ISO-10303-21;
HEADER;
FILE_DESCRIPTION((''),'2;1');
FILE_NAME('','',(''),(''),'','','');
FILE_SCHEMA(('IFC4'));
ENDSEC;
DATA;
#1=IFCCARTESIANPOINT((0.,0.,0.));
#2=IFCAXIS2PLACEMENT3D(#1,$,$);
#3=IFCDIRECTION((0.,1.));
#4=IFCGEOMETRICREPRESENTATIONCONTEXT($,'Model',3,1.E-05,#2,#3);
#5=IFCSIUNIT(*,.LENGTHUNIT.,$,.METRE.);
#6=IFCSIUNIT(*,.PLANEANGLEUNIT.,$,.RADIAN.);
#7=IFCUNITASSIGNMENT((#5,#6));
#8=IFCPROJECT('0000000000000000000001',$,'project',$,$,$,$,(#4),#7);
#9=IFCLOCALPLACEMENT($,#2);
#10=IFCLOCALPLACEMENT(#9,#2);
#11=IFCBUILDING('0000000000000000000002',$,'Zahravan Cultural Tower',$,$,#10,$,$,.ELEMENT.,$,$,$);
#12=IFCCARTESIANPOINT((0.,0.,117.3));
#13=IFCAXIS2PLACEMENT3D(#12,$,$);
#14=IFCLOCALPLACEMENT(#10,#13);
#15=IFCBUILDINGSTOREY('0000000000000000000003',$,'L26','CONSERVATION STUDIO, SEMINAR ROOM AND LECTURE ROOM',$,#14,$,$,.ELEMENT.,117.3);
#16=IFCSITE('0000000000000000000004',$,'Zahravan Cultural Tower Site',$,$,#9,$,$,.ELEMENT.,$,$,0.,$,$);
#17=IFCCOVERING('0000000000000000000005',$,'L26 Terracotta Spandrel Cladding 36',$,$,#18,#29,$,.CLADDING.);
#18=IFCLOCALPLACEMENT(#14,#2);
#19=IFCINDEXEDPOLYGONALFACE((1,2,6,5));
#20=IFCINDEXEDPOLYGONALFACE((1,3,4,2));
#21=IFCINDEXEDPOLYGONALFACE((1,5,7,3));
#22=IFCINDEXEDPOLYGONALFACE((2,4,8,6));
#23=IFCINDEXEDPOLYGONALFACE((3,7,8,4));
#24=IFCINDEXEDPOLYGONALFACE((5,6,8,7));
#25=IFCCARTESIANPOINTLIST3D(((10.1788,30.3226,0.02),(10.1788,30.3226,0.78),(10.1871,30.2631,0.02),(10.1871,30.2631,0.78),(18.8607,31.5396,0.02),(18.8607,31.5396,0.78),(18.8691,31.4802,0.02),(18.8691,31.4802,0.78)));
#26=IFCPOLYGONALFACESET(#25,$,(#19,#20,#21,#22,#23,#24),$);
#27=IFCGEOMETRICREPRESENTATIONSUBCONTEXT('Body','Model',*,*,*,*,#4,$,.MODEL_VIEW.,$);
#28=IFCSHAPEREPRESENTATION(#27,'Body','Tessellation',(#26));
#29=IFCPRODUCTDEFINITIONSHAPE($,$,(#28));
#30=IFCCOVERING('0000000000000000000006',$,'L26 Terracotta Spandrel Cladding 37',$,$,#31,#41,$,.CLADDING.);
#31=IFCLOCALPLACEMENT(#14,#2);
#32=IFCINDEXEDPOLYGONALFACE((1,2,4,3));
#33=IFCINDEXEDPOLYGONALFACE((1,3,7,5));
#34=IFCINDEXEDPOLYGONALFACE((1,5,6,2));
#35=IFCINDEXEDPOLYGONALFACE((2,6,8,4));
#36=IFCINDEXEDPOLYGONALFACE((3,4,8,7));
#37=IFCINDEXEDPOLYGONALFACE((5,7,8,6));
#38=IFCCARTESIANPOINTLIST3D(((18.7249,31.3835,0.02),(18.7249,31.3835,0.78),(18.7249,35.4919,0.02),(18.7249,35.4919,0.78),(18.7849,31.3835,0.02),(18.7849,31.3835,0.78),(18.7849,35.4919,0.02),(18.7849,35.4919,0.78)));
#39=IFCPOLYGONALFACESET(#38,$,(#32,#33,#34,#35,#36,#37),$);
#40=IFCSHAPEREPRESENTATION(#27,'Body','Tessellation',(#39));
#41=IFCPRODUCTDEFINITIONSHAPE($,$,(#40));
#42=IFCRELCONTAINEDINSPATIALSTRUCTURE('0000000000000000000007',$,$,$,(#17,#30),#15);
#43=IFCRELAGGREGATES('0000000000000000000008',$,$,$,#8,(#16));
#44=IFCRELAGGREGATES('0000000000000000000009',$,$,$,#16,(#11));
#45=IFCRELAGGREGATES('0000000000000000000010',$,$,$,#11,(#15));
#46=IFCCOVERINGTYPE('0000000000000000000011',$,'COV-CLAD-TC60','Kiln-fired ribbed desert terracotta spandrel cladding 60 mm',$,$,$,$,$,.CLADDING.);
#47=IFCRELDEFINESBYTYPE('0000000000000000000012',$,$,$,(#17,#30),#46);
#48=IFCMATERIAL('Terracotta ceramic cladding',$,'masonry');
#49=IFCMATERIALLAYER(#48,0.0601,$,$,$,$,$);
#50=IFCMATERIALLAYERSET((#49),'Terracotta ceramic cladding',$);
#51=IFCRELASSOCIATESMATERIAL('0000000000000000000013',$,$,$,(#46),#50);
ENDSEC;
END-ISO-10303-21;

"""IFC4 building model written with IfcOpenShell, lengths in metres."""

from ifc_helpers import new_model, si_unit, direction, frame, origin, origin_2d, place, context, subcontext, project, spatial, rectangle, extrude, source, transform, mapped, material, layer, layer_set, type_object, element, save


model = new_model("IFC4")

# Units and contexts
model_context = context("Model", 3, precision=1e-05, world=origin(), true_north=direction((0.0, 1.0)))
body_context = subcontext(model_context, "Body", "Model", "MODEL_VIEW")
ifc_project = project(units=[si_unit("LENGTHUNIT", "METRE"), si_unit("PLANEANGLEUNIT", "RADIAN")], contexts=[model_context])

# Site, building, storey
site_placement = place(None, origin())
site = spatial("IfcSite", under=ifc_project, at=site_placement, Name="Zahravan Cultural Tower Site", CompositionType="ELEMENT", RefElevation=0.0)
building_placement = place(site_placement, origin())
building = spatial("IfcBuilding", under=site, at=building_placement, Name="Zahravan Cultural Tower", CompositionType="ELEMENT")
storey_placement = place(building_placement, frame((0.0, 0.0, 117.3)))
storey = spatial("IfcBuildingStorey", under=building, at=storey_placement, Name="L26", Description="CONSERVATION STUDIO, SEMINAR ROOM AND LECTURE ROOM", CompositionType="ELEMENT", Elevation=117.3)

# Coverings
ifc_material_1 = material(Name="Terracotta ceramic cladding", Category="masonry")
ifc_layer_1 = layer(ifc_material_1, 0.0601)
ifc_layer_set_1 = layer_set([ifc_layer_1], Name="Terracotta ceramic cladding")
covering_type = type_object("IfcCoveringType", Name="COV-CLAD-TC60", Description="Kiln-fired ribbed desert terracotta spandrel cladding 60 mm", PredefinedType="CLADDING", material=ifc_layer_set_1)
shared_shape_1 = source(origin(), body_context, "Body", "SweptSolid", [
    extrude(rectangle(XDim=8.7668, YDim=0.0601, at=origin_2d()), origin(), (0.0, 0.0, 1.0), 0.76),
])
covering_1_placement = place(storey_placement, frame((14.5239, 30.9014, 0.02), z_axis=(0.0, 0.0, 1.0), x_axis=(0.990317, 0.138827, 0.0)))
element("IfcCovering", 1, at=covering_1_placement, inside=storey, type_object=covering_type, Name="L26 Terracotta Spandrel Cladding 36", PredefinedType="CLADDING", context=body_context, shape_type="MappedRepresentation", body=[
    mapped(shared_shape_1, transform((0.0, 0.0, 0.0), x_axis=(1.0, 0.0, 0.0), y_axis=(0.0, 1.0, 0.0), z_axis=(0.0, 0.0, 1.0), scale=1.0)),
])
shared_shape_2 = source(origin(), body_context, "Body", "SweptSolid", [
    extrude(rectangle(XDim=4.1084, YDim=0.0601, at=origin_2d()), origin(), (0.0, 0.0, 1.0), 0.76),
])
covering_2_placement = place(storey_placement, frame((18.7549, 33.4377, 0.02), z_axis=(0.0, 0.0, 1.0), x_axis=(0.0, 1.0, 0.0)))
element("IfcCovering", 2, at=covering_2_placement, inside=storey, type_object=covering_type, Name="L26 Terracotta Spandrel Cladding 37", PredefinedType="CLADDING", context=body_context, shape_type="MappedRepresentation", body=[
    mapped(shared_shape_2, transform((0.0, 0.0, 0.0), x_axis=(1.0, 0.0, 0.0), y_axis=(0.0, 1.0, 0.0), z_axis=(0.0, 0.0, 1.0), scale=1.0)),
])

save(model, "model.ifc")
